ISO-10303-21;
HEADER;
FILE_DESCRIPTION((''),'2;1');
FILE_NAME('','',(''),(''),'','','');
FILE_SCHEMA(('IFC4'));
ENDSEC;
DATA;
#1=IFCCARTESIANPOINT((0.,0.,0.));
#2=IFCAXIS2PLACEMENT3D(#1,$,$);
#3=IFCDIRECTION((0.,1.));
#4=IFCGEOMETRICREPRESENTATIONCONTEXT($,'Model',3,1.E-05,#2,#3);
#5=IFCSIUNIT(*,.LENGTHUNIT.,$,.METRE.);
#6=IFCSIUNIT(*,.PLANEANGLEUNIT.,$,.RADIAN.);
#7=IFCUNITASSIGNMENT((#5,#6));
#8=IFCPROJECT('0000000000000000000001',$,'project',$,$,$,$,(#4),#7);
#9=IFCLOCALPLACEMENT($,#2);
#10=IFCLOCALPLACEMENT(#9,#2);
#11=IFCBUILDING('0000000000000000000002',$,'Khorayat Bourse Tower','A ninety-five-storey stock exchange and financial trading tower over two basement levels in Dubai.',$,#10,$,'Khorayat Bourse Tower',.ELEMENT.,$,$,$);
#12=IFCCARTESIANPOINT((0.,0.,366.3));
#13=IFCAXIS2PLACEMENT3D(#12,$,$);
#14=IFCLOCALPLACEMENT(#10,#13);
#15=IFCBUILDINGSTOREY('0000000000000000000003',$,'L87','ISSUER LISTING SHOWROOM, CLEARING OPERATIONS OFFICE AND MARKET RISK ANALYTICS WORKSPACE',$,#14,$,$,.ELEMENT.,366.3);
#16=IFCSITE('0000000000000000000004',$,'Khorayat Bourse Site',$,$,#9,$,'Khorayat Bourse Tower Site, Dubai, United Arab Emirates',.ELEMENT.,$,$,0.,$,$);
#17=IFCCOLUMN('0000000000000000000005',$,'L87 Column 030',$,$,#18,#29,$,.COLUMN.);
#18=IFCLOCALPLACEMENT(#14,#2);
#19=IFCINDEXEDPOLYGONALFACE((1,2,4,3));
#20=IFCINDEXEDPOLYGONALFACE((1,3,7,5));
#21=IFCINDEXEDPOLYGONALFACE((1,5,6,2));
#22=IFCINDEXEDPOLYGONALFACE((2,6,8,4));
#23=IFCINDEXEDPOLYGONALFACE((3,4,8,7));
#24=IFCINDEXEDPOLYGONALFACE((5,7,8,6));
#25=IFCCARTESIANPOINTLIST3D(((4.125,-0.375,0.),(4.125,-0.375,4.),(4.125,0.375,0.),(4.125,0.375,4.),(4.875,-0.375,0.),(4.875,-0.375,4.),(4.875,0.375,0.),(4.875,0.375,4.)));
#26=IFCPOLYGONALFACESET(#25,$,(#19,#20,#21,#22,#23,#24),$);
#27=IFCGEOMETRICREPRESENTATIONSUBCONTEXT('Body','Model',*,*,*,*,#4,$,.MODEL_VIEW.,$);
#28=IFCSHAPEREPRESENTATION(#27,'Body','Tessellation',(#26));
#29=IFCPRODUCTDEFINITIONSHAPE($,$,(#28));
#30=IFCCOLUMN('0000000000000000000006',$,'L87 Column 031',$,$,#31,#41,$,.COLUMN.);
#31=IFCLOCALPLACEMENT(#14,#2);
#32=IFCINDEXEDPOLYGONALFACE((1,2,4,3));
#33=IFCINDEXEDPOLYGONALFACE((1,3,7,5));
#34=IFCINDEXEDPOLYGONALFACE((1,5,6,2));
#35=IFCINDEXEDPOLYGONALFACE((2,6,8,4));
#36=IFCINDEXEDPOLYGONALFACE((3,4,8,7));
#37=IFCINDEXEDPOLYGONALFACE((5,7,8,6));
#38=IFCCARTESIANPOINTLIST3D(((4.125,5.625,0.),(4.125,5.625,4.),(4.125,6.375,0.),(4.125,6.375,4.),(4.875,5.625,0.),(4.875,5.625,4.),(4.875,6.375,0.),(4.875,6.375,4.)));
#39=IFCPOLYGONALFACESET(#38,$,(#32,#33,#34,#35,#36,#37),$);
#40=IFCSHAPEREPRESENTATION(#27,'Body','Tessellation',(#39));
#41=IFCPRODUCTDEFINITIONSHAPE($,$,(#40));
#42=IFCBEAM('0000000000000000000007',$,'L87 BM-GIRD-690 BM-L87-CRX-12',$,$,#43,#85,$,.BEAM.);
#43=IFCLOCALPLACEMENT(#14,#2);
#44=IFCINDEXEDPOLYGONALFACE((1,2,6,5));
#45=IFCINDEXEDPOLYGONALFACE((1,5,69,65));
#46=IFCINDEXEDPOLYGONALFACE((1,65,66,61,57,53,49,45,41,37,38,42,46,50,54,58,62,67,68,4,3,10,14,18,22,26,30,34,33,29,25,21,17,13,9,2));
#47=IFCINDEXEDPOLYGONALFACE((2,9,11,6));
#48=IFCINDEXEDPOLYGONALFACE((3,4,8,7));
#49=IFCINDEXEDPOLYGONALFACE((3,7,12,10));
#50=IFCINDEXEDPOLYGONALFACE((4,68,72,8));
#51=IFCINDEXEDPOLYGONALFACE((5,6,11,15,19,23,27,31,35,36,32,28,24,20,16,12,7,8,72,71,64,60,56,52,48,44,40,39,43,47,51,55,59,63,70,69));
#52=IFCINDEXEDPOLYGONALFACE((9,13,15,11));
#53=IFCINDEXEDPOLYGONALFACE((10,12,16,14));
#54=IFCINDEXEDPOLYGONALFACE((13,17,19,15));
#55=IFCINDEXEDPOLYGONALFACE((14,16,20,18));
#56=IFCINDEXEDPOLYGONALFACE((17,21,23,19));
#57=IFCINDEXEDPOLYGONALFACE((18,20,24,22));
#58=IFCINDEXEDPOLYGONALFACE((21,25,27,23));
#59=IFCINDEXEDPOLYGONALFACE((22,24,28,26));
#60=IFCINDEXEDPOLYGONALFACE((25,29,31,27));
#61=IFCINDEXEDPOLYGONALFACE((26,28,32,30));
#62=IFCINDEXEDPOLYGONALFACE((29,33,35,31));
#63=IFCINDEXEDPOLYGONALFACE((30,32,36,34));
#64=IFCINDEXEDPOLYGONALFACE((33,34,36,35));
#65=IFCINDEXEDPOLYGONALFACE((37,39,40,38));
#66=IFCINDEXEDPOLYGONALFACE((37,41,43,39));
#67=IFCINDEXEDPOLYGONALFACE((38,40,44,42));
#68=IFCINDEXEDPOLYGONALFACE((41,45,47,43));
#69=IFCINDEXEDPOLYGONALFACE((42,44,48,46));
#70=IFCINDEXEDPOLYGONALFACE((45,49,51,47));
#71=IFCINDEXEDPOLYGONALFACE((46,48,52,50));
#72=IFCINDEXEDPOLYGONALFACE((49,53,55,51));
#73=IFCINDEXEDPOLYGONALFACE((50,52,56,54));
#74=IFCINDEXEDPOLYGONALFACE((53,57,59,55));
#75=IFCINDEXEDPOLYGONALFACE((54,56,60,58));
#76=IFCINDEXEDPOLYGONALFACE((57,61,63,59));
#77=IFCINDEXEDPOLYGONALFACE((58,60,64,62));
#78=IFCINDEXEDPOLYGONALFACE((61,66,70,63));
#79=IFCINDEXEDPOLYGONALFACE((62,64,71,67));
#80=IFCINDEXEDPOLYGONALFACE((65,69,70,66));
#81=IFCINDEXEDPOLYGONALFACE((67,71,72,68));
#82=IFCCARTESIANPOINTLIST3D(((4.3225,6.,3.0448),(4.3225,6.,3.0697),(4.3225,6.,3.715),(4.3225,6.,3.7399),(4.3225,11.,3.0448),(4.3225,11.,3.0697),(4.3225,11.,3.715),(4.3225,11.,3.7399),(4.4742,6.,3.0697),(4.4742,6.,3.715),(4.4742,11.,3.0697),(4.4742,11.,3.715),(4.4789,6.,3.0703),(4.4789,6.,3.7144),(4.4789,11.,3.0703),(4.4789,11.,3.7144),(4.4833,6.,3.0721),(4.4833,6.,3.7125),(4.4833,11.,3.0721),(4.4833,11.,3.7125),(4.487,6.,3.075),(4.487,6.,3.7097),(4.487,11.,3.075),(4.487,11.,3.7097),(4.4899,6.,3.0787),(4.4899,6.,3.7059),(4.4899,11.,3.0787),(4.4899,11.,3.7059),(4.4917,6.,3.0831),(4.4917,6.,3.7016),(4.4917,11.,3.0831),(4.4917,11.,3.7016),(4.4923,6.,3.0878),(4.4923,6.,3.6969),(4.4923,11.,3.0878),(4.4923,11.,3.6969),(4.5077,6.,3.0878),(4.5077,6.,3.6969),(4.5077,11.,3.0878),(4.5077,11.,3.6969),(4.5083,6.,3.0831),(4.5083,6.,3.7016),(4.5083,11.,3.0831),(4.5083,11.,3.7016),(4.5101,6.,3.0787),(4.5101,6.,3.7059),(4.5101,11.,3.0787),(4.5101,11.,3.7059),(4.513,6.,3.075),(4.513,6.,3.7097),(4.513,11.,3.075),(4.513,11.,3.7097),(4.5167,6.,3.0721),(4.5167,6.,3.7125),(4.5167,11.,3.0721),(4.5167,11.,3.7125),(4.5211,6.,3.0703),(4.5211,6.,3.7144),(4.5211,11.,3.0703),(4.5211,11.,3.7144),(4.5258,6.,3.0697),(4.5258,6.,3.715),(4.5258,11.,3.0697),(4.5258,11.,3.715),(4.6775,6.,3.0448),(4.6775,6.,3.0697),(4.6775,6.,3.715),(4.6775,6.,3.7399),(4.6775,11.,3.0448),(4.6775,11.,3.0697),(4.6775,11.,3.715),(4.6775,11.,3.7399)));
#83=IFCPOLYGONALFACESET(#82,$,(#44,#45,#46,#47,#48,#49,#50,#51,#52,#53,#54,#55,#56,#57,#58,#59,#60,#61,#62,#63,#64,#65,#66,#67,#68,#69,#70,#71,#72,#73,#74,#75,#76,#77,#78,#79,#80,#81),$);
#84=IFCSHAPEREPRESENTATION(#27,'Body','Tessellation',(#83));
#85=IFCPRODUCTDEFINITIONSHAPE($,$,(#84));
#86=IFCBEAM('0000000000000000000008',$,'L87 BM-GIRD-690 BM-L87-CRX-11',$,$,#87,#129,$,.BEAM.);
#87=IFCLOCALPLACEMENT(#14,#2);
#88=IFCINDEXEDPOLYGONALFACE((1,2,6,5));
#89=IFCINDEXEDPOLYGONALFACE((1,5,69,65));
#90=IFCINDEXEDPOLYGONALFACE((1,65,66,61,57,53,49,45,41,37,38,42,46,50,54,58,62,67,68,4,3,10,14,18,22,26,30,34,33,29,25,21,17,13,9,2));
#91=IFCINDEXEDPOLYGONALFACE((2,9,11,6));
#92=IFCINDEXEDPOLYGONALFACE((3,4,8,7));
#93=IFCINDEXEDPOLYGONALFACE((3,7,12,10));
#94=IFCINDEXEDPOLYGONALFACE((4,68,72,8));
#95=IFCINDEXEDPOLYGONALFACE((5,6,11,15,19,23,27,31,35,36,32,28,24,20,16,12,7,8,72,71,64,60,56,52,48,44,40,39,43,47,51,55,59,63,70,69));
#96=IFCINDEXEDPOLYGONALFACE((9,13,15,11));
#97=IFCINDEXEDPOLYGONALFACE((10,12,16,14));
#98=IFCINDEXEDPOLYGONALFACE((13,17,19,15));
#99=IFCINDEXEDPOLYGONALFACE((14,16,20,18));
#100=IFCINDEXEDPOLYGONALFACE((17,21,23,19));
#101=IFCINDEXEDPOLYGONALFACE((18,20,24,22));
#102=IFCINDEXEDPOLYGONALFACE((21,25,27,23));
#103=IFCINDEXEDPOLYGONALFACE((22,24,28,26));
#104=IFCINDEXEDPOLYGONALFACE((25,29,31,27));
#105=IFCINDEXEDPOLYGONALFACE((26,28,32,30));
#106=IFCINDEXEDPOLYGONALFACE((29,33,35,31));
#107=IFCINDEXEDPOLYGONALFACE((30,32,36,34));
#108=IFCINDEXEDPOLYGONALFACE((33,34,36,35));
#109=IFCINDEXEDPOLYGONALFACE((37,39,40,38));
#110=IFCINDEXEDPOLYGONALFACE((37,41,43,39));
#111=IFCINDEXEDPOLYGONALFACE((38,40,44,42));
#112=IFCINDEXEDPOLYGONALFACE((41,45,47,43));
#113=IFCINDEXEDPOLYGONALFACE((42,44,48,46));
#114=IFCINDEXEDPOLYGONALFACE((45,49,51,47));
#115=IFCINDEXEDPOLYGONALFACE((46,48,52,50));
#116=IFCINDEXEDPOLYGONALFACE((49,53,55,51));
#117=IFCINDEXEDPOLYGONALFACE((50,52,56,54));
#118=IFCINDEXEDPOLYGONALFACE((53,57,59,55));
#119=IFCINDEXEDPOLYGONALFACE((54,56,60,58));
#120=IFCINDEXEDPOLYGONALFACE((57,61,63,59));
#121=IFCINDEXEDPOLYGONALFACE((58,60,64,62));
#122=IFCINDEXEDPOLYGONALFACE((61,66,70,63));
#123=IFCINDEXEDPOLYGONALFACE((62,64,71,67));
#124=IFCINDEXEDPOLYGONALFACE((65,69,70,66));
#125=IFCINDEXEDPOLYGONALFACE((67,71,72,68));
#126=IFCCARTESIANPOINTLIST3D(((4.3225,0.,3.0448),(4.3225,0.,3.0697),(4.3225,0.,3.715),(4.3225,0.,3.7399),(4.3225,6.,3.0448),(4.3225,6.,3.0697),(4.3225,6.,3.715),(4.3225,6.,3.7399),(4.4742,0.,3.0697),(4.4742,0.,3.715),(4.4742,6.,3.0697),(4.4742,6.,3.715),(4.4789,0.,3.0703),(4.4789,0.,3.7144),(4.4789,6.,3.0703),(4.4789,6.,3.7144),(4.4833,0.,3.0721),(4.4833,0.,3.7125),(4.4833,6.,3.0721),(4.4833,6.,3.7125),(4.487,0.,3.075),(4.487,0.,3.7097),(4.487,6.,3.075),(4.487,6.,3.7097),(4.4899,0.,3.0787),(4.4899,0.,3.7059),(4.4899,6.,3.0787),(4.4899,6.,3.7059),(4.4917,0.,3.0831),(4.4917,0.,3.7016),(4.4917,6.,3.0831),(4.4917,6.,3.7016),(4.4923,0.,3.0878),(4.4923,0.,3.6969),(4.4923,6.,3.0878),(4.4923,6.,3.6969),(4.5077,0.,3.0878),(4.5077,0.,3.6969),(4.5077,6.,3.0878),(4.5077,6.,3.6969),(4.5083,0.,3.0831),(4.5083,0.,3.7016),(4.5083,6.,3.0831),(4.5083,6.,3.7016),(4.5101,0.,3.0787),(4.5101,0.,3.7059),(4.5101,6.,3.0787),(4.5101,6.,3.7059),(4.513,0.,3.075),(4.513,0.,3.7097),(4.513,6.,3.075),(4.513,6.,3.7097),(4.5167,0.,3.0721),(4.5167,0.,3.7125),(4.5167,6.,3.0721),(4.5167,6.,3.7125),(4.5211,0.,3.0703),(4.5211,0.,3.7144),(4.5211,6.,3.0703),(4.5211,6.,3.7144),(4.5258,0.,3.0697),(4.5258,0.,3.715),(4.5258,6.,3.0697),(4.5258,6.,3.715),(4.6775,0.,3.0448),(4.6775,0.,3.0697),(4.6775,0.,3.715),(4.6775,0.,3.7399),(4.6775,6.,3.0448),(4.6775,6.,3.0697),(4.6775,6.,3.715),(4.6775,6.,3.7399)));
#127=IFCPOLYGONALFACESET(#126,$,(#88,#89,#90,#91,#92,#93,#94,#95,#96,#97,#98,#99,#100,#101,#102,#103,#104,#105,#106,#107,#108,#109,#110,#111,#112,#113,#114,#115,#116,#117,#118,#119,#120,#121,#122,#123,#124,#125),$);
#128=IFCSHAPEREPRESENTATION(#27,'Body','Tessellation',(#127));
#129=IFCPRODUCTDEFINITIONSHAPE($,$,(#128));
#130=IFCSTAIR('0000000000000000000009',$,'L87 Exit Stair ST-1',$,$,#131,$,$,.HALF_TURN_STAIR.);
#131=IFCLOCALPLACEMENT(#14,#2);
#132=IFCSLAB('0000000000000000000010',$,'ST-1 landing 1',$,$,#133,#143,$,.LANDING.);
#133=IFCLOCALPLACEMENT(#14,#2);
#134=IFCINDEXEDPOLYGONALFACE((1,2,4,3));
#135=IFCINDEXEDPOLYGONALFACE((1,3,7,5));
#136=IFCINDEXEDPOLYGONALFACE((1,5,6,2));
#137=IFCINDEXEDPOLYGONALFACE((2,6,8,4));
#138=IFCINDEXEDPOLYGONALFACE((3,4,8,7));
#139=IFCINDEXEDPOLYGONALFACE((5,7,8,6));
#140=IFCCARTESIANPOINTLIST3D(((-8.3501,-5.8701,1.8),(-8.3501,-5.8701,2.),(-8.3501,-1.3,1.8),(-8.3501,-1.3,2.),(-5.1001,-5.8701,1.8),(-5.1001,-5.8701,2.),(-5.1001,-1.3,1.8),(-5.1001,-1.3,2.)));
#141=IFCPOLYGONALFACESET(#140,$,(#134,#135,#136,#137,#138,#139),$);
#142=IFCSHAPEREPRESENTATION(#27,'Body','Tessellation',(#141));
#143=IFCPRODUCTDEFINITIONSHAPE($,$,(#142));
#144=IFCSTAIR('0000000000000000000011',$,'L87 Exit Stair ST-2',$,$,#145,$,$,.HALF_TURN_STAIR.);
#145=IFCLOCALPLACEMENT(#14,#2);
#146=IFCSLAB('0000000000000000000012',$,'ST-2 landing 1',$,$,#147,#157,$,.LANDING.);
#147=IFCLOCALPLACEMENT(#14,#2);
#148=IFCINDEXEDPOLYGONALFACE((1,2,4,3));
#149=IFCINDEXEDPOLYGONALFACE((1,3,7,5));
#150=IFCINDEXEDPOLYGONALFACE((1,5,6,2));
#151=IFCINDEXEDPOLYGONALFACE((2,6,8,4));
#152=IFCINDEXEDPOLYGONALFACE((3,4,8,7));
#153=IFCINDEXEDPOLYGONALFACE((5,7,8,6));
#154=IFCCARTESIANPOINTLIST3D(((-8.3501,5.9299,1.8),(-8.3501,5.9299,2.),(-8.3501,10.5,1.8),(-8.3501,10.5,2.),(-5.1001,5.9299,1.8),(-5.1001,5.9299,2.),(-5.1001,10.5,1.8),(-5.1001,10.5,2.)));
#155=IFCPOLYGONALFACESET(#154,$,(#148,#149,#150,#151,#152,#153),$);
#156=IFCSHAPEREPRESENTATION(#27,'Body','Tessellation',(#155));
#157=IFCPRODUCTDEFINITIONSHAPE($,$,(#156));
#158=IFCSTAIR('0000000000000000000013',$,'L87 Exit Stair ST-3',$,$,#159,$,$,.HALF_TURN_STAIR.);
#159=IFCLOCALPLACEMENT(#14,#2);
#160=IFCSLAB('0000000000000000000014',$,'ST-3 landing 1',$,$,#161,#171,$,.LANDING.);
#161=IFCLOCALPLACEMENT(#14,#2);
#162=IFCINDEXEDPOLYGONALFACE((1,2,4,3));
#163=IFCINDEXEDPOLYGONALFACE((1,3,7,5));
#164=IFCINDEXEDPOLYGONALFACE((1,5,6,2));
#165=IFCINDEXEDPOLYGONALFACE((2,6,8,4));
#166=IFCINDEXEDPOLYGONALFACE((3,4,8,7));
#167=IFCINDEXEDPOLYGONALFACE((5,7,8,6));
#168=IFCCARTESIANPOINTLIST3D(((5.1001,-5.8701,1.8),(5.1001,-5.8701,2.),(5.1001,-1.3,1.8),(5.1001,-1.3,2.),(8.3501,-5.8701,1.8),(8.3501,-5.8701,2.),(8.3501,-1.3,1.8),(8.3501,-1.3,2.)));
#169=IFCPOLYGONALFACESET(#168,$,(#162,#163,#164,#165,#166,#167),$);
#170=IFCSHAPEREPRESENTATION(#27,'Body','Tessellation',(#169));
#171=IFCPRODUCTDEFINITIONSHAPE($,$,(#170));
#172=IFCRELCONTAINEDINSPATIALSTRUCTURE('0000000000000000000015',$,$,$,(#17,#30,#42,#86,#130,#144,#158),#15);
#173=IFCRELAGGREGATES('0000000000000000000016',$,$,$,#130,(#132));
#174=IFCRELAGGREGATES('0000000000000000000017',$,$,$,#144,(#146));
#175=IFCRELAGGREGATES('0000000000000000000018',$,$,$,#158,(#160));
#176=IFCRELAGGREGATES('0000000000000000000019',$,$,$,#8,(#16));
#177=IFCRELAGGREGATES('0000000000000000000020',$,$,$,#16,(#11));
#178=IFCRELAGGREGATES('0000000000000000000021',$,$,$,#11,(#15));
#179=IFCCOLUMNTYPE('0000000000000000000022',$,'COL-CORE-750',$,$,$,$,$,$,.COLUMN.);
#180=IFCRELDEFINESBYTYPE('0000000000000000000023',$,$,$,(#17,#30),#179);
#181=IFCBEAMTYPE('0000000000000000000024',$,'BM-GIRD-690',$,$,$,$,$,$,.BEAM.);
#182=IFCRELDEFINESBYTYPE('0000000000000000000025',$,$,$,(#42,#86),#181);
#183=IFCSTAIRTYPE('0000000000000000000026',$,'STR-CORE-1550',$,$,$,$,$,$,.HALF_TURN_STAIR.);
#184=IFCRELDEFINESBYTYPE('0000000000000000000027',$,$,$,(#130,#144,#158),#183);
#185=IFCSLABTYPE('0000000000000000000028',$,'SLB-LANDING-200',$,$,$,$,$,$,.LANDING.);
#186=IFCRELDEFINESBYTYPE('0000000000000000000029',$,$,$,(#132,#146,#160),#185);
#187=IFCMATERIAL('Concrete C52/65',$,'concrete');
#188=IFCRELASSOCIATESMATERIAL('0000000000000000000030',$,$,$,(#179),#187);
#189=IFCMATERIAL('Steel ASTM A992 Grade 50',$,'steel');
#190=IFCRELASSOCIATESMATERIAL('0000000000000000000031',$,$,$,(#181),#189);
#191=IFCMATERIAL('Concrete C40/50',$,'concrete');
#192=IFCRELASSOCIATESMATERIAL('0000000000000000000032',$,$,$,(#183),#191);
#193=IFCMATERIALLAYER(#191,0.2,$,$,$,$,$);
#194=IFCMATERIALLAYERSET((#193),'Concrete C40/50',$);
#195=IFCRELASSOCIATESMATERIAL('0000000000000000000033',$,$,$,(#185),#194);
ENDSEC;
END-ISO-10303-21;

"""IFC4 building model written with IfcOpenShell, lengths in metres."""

from ifc_helpers import new_model, si_unit, direction, frame, origin, origin_2d, place, context, subcontext, project, spatial, polyline, rectangle, i_section, outline, extrude, source, transform, mapped, material, layer, layer_set, material_profile, profile_set, type_object, element, aggregate, save


model = new_model("IFC4")

# Units and contexts
model_context = context("Model", 3, precision=1e-05, world=origin(), true_north=direction((0.0, 1.0)))
body_context = subcontext(model_context, "Body", "Model", "MODEL_VIEW")
ifc_project = project(units=[si_unit("LENGTHUNIT", "METRE"), si_unit("PLANEANGLEUNIT", "RADIAN")], contexts=[model_context])

# Site, building, storey
site_placement = place(None, origin())
site = spatial("IfcSite", under=ifc_project, at=site_placement, Name="Khorayat Bourse Site", LongName="Khorayat Bourse Tower Site, Dubai, United Arab Emirates", CompositionType="ELEMENT", RefElevation=0.0)
building_placement = place(site_placement, origin())
building = spatial("IfcBuilding", under=site, at=building_placement, Name="Khorayat Bourse Tower", Description="A ninety-five-storey stock exchange and financial trading tower over two basement levels in Dubai.", LongName="Khorayat Bourse Tower", CompositionType="ELEMENT")
storey_placement = place(building_placement, frame((0.0, 0.0, 366.3)))
storey = spatial("IfcBuildingStorey", under=building, at=storey_placement, Name="L87", Description="ISSUER LISTING SHOWROOM, CLEARING OPERATIONS OFFICE AND MARKET RISK ANALYTICS WORKSPACE", CompositionType="ELEMENT", Elevation=366.3)

# Columns
ifc_material_1 = material(Name="Concrete C52/65", Category="concrete")
ifc_material_profile_1 = material_profile(ifc_material_1, rectangle(XDim=0.75, YDim=0.75, at=origin_2d()), Name="RC 750x750")
ifc_profile_set_1 = profile_set([ifc_material_profile_1], Name="Concrete C52/65")
column_type = type_object("IfcColumnType", Name="COL-CORE-750", PredefinedType="COLUMN", material=ifc_profile_set_1)
shared_shape_1 = source(origin(), body_context, "Body", "SweptSolid", [
    extrude(rectangle(XDim=0.75, YDim=0.75, at=origin_2d()), origin(), (0.0, 0.0, 1.0), 4.0),
])
for number, where, z_axis, x_axis, name in (
    (1, (4.5, 0.0, 0.0), (0.0, 0.0, 1.0), (1.0, 0.0, 0.0), "L87 Column 030"),
    (2, (4.5, 6.0, 0.0), (0.0, 0.0, 1.0), (1.0, 0.0, 0.0), "L87 Column 031"),
):
    element("IfcColumn", number, at=place(storey_placement, frame(where, z_axis=z_axis, x_axis=x_axis)), inside=storey, type_object=column_type, Name=name, PredefinedType="COLUMN", context=body_context, shape_type="MappedRepresentation", body=[
        mapped(shared_shape_1, transform((0.0, 0.0, 0.0), scale=1.0)),
    ])

# Beams
ifc_material_2 = material(Name="Steel ASTM A992 Grade 50", Category="steel")
ifc_material_profile_2 = material_profile(ifc_material_2, i_section(OverallWidth=0.355, OverallDepth=0.6951, WebThickness=0.0154, FlangeThickness=0.0249, FilletRadius=0.0181, at=origin_2d()), Name="W690X217")
ifc_profile_set_2 = profile_set([ifc_material_profile_2], Name="Steel ASTM A992 Grade 50")
beam_type = type_object("IfcBeamType", Name="BM-GIRD-690", PredefinedType="BEAM", material=ifc_profile_set_2)
shared_shape_2 = source(origin(), body_context, "Body", "SweptSolid", [
    extrude(i_section(OverallWidth=0.355, OverallDepth=0.6951, WebThickness=0.0154, FlangeThickness=0.0249, FilletRadius=0.0181, at=origin_2d()), origin(), (0.0, 0.0, 1.0), 5.0),
])
beam_1_placement = place(storey_placement, frame((4.5, 6.0, 3.3923), z_axis=(0.0, 1.0, 0.0), x_axis=(-1.0, 0.0, 0.0)))
element("IfcBeam", 3, at=beam_1_placement, inside=storey, type_object=beam_type, Name="L87 BM-GIRD-690 BM-L87-CRX-12", PredefinedType="BEAM", context=body_context, shape_type="MappedRepresentation", body=[
    mapped(shared_shape_2, transform((0.0, 0.0, 0.0), scale=1.0)),
])
shared_shape_3 = source(origin(), body_context, "Body", "SweptSolid", [
    extrude(i_section(OverallWidth=0.355, OverallDepth=0.6951, WebThickness=0.0154, FlangeThickness=0.0249, FilletRadius=0.0181, at=origin_2d()), origin(), (0.0, 0.0, 1.0), 6.0),
])
beam_2_placement = place(storey_placement, frame((4.5, 0.0, 3.3923), z_axis=(0.0, 1.0, 0.0), x_axis=(-1.0, 0.0, 0.0)))
element("IfcBeam", 4, at=beam_2_placement, inside=storey, type_object=beam_type, Name="L87 BM-GIRD-690 BM-L87-CRX-11", PredefinedType="BEAM", context=body_context, shape_type="MappedRepresentation", body=[
    mapped(shared_shape_3, transform((0.0, 0.0, 0.0), scale=1.0)),
])

# Stairs, slabs
ifc_material_3 = material(Name="Concrete C40/50", Category="concrete")
stair_type = type_object("IfcStairType", Name="STR-CORE-1550", PredefinedType="HALF_TURN_STAIR", material=ifc_material_3)
stair_1_placement = place(storey_placement, origin())
stair_1 = element("IfcStair", 5, at=stair_1_placement, inside=storey, type_object=stair_type, Name="L87 Exit Stair ST-1", PredefinedType="HALF_TURN_STAIR")
ifc_layer_1 = layer(ifc_material_3, 0.2)
ifc_layer_set_1 = layer_set([ifc_layer_1], Name="Concrete C40/50")
slab_type_1 = type_object("IfcSlabType", Name="SLB-LANDING-200", PredefinedType="LANDING", material=ifc_layer_set_1)
slab_1_placement = place(storey_placement, frame((0.0, 0.0, 1.8)))
slab_1 = element("IfcSlab", 6, at=slab_1_placement, type_object=slab_type_1, Name="ST-1 landing 1", PredefinedType="LANDING", context=body_context, shape_type="SweptSolid", body=[
    extrude(outline(polyline([(-5.1001, -5.8701), (-5.1001, -1.3), (-8.3501, -1.3), (-8.3501, -5.8701), (-5.1001, -5.8701)])), origin(), (0.0, 0.0, 1.0), 0.2),
])
aggregate(stair_1, [slab_1])
stair_2_placement = place(storey_placement, origin())
stair_2 = element("IfcStair", 7, at=stair_2_placement, inside=storey, type_object=stair_type, Name="L87 Exit Stair ST-2", PredefinedType="HALF_TURN_STAIR")
slab_2_placement = place(storey_placement, frame((0.0, 0.0, 1.8)))
slab_2 = element("IfcSlab", 8, at=slab_2_placement, type_object=slab_type_1, Name="ST-2 landing 1", PredefinedType="LANDING", context=body_context, shape_type="SweptSolid", body=[
    extrude(outline(polyline([(-5.1001, 5.9299), (-5.1001, 10.5), (-8.3501, 10.5), (-8.3501, 5.9299), (-5.1001, 5.9299)])), origin(), (0.0, 0.0, 1.0), 0.2),
])
aggregate(stair_2, [slab_2])
stair_3_placement = place(storey_placement, origin())
stair_3 = element("IfcStair", 9, at=stair_3_placement, inside=storey, type_object=stair_type, Name="L87 Exit Stair ST-3", PredefinedType="HALF_TURN_STAIR")
slab_3_placement = place(storey_placement, frame((0.0, 0.0, 1.8)))
slab_3 = element("IfcSlab", 10, at=slab_3_placement, type_object=slab_type_1, Name="ST-3 landing 1", PredefinedType="LANDING", context=body_context, shape_type="SweptSolid", body=[
    extrude(outline(polyline([(8.3501, -5.8701), (8.3501, -1.3), (5.1001, -1.3), (5.1001, -5.8701), (8.3501, -5.8701)])), origin(), (0.0, 0.0, 1.0), 0.2),
])
aggregate(stair_3, [slab_3])

save(model, "model.ifc")
